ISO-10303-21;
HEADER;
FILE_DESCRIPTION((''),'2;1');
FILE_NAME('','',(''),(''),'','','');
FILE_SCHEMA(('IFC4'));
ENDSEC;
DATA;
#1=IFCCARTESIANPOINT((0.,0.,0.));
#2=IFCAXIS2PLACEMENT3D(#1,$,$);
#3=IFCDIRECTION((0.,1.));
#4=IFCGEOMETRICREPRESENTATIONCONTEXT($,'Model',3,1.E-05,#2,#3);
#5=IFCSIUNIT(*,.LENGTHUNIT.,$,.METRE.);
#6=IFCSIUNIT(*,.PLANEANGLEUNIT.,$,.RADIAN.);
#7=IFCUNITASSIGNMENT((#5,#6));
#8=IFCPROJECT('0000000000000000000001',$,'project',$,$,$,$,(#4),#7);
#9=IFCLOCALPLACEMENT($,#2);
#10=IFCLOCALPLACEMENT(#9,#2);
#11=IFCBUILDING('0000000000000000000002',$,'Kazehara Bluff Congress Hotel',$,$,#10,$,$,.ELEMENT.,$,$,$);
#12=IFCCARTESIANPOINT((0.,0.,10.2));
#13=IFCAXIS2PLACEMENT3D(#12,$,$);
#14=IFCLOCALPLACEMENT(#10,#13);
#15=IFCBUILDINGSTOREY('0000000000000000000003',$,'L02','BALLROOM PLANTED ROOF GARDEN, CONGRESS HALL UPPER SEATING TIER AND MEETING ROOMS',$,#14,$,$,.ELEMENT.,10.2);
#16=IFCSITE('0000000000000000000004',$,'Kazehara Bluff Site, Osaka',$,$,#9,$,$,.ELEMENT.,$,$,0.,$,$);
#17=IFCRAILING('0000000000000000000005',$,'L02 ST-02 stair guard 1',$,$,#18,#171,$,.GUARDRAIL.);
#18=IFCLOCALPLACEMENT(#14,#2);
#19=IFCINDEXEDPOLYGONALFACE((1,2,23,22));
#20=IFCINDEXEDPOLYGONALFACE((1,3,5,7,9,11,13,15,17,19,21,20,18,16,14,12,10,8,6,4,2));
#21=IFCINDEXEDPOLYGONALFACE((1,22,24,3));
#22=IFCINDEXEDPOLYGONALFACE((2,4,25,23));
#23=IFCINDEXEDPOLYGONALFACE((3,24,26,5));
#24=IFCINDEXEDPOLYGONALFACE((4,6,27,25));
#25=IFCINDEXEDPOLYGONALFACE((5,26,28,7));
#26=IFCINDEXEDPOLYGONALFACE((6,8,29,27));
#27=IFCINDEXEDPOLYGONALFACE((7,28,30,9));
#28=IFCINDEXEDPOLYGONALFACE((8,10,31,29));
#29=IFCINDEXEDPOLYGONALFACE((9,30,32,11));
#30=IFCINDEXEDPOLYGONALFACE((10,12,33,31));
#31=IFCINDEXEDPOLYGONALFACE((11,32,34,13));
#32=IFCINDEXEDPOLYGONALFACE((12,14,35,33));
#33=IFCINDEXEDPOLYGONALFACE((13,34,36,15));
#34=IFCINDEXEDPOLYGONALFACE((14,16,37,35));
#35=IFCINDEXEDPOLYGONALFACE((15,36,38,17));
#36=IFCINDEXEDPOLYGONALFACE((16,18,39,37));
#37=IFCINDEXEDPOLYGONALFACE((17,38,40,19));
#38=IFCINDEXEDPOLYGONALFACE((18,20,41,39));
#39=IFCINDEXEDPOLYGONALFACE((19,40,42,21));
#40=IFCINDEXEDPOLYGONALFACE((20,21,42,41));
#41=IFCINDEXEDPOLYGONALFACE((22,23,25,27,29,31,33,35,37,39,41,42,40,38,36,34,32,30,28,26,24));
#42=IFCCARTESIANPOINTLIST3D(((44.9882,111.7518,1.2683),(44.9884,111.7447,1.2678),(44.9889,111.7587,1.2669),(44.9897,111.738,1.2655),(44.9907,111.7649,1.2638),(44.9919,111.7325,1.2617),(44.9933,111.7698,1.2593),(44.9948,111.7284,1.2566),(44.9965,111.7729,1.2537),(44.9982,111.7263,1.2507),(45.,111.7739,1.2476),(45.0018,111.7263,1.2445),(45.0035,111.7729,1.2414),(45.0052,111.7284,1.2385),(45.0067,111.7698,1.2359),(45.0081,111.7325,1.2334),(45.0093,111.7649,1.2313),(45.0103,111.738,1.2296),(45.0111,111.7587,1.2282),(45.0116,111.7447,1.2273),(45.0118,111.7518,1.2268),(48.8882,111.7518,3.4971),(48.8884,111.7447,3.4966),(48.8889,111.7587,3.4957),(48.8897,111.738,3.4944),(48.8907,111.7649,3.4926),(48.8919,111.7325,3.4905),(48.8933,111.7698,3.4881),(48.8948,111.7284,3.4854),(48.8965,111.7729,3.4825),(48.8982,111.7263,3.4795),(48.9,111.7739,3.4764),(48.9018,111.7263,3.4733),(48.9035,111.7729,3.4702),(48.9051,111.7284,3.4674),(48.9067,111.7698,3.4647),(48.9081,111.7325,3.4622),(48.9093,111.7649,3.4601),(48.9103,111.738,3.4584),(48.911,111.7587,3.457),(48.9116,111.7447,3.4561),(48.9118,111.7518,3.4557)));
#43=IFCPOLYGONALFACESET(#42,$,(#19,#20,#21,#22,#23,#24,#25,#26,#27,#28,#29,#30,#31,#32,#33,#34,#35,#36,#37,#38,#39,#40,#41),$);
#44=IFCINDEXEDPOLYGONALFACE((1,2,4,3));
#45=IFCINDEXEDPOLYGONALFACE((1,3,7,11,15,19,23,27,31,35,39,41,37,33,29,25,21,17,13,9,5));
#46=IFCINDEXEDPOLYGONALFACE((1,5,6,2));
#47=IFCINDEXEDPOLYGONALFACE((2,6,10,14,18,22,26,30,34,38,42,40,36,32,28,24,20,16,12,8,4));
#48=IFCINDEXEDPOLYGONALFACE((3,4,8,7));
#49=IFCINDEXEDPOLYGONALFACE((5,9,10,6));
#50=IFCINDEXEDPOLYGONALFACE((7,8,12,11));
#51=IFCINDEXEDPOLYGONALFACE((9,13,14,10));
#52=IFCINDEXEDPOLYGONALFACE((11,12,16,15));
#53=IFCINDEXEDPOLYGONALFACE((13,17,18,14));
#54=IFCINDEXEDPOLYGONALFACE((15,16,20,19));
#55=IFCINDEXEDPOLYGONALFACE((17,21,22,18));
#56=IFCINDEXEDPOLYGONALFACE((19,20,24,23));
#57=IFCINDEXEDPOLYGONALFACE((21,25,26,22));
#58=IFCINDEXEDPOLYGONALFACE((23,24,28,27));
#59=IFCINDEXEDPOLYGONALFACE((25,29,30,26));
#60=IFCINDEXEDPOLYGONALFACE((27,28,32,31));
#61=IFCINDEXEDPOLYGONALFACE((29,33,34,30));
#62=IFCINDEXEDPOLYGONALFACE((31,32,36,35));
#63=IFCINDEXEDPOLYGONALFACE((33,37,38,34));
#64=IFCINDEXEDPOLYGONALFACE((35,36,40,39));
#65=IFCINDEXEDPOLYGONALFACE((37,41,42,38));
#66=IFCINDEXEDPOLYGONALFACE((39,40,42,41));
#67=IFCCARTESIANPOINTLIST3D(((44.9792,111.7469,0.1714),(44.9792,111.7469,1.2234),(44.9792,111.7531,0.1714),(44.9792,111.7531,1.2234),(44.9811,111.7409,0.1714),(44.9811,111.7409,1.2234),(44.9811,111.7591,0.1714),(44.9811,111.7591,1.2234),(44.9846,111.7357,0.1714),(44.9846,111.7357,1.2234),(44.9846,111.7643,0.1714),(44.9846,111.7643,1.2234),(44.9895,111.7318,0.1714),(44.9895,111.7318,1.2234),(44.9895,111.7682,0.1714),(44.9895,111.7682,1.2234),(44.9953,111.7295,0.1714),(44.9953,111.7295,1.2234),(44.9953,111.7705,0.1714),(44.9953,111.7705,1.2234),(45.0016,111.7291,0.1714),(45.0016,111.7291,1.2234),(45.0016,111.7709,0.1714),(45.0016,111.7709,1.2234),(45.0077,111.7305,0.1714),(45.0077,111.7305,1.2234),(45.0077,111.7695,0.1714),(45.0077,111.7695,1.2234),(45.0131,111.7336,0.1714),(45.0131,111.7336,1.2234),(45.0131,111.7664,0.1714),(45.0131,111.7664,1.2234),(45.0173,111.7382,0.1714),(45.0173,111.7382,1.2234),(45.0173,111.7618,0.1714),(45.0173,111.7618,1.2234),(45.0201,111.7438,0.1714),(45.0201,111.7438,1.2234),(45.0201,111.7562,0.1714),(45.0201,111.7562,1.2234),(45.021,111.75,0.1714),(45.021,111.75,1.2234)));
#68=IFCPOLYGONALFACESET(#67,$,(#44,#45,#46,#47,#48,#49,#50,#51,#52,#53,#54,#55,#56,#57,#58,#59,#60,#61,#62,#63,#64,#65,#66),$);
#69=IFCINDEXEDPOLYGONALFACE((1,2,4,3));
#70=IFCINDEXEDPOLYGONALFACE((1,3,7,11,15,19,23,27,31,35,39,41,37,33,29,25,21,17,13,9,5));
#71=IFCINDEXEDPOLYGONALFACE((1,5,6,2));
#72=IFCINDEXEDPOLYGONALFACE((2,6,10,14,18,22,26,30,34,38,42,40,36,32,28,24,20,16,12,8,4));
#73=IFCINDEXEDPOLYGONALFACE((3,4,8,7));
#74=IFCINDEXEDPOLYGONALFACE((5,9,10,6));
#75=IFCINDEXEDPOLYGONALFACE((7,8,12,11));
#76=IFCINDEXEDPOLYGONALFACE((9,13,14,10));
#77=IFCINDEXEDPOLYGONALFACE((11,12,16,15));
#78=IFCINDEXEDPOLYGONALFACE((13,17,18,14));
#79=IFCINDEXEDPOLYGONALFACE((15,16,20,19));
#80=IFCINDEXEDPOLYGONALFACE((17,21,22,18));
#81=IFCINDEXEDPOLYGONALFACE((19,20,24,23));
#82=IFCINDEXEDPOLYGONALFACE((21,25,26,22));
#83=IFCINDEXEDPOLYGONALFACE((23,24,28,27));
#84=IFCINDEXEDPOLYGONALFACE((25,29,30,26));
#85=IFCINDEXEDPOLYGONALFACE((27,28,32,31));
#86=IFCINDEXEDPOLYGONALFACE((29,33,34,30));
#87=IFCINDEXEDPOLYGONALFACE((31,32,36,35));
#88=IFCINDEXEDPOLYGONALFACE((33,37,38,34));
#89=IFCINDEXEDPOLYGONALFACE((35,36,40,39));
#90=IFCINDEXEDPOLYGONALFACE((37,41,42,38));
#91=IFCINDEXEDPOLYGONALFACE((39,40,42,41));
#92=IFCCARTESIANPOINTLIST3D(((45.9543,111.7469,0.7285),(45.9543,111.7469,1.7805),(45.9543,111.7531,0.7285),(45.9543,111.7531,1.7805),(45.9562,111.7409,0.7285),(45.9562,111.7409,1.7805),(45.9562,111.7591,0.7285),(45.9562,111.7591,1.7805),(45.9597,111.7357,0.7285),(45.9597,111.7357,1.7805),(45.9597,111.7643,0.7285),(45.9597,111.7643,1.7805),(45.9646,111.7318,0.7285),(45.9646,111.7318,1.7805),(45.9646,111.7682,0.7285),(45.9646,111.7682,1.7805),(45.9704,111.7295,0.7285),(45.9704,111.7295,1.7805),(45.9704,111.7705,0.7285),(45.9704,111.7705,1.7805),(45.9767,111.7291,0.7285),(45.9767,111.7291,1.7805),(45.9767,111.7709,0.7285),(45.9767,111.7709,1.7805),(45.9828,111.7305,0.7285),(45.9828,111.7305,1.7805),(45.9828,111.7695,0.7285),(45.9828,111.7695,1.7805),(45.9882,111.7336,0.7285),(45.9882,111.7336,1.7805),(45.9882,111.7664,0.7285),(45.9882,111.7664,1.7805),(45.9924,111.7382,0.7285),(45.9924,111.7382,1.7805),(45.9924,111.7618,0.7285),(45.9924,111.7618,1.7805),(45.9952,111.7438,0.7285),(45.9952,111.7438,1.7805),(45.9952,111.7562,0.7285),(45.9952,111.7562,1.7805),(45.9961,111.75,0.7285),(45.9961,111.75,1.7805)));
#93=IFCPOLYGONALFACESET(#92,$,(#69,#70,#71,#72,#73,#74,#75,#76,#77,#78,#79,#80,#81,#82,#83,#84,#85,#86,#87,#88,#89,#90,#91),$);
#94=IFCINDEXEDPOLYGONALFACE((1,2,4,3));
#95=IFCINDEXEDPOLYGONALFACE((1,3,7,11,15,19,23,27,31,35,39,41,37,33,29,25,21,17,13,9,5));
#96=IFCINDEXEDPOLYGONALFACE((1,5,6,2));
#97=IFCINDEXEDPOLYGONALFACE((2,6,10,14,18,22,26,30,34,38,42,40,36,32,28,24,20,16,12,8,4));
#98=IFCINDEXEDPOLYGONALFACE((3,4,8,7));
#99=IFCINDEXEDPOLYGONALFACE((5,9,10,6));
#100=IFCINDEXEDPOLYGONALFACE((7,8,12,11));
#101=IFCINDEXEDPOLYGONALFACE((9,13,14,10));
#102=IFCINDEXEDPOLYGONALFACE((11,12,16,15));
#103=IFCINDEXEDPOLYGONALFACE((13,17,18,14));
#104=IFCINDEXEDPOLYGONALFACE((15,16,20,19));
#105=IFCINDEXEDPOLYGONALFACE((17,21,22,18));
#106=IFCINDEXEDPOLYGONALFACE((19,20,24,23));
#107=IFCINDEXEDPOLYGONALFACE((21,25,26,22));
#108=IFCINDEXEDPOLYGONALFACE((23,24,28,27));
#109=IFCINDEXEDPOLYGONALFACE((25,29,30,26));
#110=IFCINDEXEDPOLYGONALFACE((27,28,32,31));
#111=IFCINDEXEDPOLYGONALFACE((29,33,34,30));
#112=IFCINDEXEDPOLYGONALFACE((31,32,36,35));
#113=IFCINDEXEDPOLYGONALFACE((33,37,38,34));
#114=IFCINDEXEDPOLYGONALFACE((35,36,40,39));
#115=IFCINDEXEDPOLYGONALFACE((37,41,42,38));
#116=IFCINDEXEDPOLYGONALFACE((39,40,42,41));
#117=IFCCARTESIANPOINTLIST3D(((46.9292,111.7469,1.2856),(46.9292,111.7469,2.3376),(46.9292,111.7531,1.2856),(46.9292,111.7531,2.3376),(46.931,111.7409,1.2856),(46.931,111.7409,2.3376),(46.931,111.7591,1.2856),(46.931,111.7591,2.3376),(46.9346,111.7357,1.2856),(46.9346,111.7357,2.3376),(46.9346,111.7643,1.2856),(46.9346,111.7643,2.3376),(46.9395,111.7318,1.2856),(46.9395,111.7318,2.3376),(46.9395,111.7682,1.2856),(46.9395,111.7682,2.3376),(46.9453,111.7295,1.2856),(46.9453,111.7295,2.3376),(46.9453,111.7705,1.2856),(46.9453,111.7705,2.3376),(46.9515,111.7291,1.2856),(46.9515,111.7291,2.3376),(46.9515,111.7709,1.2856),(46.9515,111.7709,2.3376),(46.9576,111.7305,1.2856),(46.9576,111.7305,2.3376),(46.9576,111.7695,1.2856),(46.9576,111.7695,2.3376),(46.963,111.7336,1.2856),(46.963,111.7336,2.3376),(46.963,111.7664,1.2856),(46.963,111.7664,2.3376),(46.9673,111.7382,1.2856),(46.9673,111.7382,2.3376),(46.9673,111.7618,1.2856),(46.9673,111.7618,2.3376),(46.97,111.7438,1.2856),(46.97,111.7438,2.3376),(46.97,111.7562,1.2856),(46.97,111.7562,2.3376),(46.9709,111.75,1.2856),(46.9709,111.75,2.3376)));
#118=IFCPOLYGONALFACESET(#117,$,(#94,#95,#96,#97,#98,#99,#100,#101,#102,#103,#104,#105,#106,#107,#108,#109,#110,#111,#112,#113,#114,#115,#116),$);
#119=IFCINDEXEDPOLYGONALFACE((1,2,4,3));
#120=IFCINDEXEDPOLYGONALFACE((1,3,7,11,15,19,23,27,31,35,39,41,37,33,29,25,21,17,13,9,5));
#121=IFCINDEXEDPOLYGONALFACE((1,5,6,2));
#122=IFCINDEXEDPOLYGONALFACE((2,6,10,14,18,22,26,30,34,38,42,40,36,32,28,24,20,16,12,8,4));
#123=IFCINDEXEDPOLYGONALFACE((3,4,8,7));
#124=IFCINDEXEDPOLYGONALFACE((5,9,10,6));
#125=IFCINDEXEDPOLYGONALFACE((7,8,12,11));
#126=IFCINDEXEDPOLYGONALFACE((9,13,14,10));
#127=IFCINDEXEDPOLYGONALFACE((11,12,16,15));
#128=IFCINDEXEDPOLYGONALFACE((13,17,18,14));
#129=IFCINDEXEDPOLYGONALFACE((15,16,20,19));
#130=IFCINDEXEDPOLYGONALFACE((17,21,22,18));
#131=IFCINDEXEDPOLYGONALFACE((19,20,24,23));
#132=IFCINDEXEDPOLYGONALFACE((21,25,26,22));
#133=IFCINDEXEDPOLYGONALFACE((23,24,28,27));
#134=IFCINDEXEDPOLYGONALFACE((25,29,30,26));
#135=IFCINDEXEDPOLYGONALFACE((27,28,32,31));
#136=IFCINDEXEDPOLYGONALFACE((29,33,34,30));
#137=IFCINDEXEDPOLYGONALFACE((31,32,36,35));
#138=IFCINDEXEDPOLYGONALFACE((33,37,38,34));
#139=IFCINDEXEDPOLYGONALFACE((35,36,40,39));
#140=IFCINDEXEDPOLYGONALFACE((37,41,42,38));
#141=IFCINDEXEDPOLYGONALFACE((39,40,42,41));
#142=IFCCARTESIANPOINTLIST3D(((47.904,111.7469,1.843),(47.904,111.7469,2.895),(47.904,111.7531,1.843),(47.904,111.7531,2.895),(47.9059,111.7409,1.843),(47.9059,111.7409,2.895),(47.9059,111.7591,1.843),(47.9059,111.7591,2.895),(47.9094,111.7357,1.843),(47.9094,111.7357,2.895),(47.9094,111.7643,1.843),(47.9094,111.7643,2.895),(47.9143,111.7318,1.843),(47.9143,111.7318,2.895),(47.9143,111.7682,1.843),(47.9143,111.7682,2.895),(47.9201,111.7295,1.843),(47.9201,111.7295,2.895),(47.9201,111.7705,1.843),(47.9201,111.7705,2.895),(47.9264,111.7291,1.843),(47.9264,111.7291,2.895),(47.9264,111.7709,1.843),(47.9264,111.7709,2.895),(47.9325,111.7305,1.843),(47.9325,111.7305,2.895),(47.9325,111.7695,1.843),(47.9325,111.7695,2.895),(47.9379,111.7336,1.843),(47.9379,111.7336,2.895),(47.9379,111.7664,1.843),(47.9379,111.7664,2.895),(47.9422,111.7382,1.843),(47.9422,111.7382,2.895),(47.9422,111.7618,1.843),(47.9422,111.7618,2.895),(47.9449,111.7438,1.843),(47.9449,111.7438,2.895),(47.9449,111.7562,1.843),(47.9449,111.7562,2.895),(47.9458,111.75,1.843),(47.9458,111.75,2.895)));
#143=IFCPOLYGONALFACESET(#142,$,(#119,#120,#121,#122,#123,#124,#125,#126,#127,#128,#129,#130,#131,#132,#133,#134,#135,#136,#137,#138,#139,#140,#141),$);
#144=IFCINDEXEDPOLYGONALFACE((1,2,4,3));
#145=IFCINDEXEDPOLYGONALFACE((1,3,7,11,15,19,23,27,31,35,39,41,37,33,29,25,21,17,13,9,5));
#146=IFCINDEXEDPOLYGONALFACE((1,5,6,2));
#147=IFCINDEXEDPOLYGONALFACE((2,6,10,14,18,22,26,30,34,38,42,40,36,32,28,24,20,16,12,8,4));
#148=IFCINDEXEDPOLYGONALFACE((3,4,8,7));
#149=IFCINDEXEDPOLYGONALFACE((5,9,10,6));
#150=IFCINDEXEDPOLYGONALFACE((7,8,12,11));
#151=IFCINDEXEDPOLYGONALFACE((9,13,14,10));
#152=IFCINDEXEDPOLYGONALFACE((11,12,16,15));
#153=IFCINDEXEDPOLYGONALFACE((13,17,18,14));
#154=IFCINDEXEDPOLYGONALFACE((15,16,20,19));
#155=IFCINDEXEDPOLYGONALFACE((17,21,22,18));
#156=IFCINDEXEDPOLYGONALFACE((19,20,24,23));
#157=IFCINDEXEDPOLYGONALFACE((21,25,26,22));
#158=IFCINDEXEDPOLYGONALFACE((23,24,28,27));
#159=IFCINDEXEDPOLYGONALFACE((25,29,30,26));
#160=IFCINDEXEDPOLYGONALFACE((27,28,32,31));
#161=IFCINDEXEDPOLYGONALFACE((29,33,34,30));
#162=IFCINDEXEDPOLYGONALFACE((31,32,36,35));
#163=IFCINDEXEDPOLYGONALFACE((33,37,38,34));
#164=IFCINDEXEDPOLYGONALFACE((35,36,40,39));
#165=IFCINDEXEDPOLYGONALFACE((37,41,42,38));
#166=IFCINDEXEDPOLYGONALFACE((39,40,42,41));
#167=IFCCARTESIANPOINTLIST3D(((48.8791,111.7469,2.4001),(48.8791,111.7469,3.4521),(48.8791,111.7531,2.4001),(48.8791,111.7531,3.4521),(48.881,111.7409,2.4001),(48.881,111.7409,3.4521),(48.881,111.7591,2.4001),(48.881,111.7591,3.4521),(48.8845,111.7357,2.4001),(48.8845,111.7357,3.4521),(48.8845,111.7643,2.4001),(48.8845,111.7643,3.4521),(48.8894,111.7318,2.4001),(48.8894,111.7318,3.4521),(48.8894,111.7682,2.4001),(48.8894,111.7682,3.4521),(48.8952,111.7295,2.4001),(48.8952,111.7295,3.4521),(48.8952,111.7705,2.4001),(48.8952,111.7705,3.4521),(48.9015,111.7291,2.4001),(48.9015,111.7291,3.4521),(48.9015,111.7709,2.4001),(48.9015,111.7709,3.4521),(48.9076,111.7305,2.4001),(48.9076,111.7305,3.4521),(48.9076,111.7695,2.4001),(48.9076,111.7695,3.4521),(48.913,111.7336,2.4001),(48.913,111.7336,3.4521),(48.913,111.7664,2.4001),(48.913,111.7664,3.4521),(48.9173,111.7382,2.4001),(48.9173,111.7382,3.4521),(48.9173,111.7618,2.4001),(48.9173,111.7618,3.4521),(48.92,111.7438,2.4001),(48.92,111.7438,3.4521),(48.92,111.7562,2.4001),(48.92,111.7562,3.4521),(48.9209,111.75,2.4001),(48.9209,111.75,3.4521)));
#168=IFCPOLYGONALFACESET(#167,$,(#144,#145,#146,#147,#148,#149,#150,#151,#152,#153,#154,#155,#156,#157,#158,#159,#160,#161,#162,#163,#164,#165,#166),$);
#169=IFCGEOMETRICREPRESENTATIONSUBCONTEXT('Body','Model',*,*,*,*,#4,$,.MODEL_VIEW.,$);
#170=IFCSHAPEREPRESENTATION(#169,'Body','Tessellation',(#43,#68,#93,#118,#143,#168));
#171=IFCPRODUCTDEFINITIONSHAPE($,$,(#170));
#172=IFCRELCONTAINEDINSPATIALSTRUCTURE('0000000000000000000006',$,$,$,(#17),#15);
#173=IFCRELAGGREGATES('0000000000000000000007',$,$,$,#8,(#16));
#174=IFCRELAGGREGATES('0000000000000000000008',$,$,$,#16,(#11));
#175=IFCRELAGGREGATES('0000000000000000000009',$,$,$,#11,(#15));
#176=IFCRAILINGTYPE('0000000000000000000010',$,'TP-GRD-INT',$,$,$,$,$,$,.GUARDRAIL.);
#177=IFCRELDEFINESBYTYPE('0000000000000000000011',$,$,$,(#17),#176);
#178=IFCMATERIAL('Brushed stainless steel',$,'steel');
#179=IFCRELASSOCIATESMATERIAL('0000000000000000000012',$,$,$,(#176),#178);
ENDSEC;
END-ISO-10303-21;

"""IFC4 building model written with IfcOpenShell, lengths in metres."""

from ifc_helpers import new_model, si_unit, direction, frame, origin, origin_2d, place, context, subcontext, project, spatial, circle, extrude, material, type_object, element, save


model = new_model("IFC4")

# Units and contexts
model_context = context("Model", 3, precision=1e-05, world=origin(), true_north=direction((0.0, 1.0)))
body_context = subcontext(model_context, "Body", "Model", "MODEL_VIEW")
ifc_project = project(units=[si_unit("LENGTHUNIT", "METRE"), si_unit("PLANEANGLEUNIT", "RADIAN")], contexts=[model_context])

# Site, building, storey
site_placement = place(None, origin())
site = spatial("IfcSite", under=ifc_project, at=site_placement, Name="Kazehara Bluff Site, Osaka", CompositionType="ELEMENT", RefElevation=0.0)
building_placement = place(site_placement, origin())
building = spatial("IfcBuilding", under=site, at=building_placement, Name="Kazehara Bluff Congress Hotel", CompositionType="ELEMENT")
storey_placement = place(building_placement, frame((0.0, 0.0, 10.2)))
storey = spatial("IfcBuildingStorey", under=building, at=storey_placement, Name="L02", Description="BALLROOM PLANTED ROOF GARDEN, CONGRESS HALL UPPER SEATING TIER AND MEETING ROOMS", CompositionType="ELEMENT", Elevation=10.2)

# Railing
ifc_material_1 = material(Name="Brushed stainless steel", Category="steel")
railing_type_1 = type_object("IfcRailingType", Name="TP-GRD-INT", PredefinedType="GUARDRAIL", material=ifc_material_1)
railing_1_placement = place(storey_placement, frame((45.0, 111.75, 0.1714)))
element("IfcRailing", 1, at=railing_1_placement, inside=storey, type_object=railing_type_1, Name="L02 ST-02 stair guard 1", PredefinedType="GUARDRAIL", context=body_context, shape_type="SweptSolid", body=[
    extrude(circle(Radius=0.0239, at=origin_2d()), frame((0.0, 0.0, 1.0762), z_axis=(0.86822, 0.0, 0.49618), x_axis=(0.0, 1.0, 0.0)), (0.0, 0.0, 1.0), 4.4919),
    extrude(circle(Radius=0.021, at=origin_2d()), origin(), (0.0, 0.0, 1.0), 1.052),
    extrude(circle(Radius=0.021, at=origin_2d()), frame((0.9751, 0.0, 0.5571)), (0.0, 0.0, 1.0), 1.052),
    extrude(circle(Radius=0.021, at=origin_2d()), frame((1.95, 0.0, 1.1143)), (0.0, 0.0, 1.0), 1.052),
    extrude(circle(Radius=0.021, at=origin_2d()), frame((2.9248, 0.0, 1.6716)), (0.0, 0.0, 1.0), 1.052),
    extrude(circle(Radius=0.021, at=origin_2d()), frame((3.8999, 0.0, 2.2288)), (0.0, 0.0, 1.0), 1.052),
])

save(model, "model.ifc")
